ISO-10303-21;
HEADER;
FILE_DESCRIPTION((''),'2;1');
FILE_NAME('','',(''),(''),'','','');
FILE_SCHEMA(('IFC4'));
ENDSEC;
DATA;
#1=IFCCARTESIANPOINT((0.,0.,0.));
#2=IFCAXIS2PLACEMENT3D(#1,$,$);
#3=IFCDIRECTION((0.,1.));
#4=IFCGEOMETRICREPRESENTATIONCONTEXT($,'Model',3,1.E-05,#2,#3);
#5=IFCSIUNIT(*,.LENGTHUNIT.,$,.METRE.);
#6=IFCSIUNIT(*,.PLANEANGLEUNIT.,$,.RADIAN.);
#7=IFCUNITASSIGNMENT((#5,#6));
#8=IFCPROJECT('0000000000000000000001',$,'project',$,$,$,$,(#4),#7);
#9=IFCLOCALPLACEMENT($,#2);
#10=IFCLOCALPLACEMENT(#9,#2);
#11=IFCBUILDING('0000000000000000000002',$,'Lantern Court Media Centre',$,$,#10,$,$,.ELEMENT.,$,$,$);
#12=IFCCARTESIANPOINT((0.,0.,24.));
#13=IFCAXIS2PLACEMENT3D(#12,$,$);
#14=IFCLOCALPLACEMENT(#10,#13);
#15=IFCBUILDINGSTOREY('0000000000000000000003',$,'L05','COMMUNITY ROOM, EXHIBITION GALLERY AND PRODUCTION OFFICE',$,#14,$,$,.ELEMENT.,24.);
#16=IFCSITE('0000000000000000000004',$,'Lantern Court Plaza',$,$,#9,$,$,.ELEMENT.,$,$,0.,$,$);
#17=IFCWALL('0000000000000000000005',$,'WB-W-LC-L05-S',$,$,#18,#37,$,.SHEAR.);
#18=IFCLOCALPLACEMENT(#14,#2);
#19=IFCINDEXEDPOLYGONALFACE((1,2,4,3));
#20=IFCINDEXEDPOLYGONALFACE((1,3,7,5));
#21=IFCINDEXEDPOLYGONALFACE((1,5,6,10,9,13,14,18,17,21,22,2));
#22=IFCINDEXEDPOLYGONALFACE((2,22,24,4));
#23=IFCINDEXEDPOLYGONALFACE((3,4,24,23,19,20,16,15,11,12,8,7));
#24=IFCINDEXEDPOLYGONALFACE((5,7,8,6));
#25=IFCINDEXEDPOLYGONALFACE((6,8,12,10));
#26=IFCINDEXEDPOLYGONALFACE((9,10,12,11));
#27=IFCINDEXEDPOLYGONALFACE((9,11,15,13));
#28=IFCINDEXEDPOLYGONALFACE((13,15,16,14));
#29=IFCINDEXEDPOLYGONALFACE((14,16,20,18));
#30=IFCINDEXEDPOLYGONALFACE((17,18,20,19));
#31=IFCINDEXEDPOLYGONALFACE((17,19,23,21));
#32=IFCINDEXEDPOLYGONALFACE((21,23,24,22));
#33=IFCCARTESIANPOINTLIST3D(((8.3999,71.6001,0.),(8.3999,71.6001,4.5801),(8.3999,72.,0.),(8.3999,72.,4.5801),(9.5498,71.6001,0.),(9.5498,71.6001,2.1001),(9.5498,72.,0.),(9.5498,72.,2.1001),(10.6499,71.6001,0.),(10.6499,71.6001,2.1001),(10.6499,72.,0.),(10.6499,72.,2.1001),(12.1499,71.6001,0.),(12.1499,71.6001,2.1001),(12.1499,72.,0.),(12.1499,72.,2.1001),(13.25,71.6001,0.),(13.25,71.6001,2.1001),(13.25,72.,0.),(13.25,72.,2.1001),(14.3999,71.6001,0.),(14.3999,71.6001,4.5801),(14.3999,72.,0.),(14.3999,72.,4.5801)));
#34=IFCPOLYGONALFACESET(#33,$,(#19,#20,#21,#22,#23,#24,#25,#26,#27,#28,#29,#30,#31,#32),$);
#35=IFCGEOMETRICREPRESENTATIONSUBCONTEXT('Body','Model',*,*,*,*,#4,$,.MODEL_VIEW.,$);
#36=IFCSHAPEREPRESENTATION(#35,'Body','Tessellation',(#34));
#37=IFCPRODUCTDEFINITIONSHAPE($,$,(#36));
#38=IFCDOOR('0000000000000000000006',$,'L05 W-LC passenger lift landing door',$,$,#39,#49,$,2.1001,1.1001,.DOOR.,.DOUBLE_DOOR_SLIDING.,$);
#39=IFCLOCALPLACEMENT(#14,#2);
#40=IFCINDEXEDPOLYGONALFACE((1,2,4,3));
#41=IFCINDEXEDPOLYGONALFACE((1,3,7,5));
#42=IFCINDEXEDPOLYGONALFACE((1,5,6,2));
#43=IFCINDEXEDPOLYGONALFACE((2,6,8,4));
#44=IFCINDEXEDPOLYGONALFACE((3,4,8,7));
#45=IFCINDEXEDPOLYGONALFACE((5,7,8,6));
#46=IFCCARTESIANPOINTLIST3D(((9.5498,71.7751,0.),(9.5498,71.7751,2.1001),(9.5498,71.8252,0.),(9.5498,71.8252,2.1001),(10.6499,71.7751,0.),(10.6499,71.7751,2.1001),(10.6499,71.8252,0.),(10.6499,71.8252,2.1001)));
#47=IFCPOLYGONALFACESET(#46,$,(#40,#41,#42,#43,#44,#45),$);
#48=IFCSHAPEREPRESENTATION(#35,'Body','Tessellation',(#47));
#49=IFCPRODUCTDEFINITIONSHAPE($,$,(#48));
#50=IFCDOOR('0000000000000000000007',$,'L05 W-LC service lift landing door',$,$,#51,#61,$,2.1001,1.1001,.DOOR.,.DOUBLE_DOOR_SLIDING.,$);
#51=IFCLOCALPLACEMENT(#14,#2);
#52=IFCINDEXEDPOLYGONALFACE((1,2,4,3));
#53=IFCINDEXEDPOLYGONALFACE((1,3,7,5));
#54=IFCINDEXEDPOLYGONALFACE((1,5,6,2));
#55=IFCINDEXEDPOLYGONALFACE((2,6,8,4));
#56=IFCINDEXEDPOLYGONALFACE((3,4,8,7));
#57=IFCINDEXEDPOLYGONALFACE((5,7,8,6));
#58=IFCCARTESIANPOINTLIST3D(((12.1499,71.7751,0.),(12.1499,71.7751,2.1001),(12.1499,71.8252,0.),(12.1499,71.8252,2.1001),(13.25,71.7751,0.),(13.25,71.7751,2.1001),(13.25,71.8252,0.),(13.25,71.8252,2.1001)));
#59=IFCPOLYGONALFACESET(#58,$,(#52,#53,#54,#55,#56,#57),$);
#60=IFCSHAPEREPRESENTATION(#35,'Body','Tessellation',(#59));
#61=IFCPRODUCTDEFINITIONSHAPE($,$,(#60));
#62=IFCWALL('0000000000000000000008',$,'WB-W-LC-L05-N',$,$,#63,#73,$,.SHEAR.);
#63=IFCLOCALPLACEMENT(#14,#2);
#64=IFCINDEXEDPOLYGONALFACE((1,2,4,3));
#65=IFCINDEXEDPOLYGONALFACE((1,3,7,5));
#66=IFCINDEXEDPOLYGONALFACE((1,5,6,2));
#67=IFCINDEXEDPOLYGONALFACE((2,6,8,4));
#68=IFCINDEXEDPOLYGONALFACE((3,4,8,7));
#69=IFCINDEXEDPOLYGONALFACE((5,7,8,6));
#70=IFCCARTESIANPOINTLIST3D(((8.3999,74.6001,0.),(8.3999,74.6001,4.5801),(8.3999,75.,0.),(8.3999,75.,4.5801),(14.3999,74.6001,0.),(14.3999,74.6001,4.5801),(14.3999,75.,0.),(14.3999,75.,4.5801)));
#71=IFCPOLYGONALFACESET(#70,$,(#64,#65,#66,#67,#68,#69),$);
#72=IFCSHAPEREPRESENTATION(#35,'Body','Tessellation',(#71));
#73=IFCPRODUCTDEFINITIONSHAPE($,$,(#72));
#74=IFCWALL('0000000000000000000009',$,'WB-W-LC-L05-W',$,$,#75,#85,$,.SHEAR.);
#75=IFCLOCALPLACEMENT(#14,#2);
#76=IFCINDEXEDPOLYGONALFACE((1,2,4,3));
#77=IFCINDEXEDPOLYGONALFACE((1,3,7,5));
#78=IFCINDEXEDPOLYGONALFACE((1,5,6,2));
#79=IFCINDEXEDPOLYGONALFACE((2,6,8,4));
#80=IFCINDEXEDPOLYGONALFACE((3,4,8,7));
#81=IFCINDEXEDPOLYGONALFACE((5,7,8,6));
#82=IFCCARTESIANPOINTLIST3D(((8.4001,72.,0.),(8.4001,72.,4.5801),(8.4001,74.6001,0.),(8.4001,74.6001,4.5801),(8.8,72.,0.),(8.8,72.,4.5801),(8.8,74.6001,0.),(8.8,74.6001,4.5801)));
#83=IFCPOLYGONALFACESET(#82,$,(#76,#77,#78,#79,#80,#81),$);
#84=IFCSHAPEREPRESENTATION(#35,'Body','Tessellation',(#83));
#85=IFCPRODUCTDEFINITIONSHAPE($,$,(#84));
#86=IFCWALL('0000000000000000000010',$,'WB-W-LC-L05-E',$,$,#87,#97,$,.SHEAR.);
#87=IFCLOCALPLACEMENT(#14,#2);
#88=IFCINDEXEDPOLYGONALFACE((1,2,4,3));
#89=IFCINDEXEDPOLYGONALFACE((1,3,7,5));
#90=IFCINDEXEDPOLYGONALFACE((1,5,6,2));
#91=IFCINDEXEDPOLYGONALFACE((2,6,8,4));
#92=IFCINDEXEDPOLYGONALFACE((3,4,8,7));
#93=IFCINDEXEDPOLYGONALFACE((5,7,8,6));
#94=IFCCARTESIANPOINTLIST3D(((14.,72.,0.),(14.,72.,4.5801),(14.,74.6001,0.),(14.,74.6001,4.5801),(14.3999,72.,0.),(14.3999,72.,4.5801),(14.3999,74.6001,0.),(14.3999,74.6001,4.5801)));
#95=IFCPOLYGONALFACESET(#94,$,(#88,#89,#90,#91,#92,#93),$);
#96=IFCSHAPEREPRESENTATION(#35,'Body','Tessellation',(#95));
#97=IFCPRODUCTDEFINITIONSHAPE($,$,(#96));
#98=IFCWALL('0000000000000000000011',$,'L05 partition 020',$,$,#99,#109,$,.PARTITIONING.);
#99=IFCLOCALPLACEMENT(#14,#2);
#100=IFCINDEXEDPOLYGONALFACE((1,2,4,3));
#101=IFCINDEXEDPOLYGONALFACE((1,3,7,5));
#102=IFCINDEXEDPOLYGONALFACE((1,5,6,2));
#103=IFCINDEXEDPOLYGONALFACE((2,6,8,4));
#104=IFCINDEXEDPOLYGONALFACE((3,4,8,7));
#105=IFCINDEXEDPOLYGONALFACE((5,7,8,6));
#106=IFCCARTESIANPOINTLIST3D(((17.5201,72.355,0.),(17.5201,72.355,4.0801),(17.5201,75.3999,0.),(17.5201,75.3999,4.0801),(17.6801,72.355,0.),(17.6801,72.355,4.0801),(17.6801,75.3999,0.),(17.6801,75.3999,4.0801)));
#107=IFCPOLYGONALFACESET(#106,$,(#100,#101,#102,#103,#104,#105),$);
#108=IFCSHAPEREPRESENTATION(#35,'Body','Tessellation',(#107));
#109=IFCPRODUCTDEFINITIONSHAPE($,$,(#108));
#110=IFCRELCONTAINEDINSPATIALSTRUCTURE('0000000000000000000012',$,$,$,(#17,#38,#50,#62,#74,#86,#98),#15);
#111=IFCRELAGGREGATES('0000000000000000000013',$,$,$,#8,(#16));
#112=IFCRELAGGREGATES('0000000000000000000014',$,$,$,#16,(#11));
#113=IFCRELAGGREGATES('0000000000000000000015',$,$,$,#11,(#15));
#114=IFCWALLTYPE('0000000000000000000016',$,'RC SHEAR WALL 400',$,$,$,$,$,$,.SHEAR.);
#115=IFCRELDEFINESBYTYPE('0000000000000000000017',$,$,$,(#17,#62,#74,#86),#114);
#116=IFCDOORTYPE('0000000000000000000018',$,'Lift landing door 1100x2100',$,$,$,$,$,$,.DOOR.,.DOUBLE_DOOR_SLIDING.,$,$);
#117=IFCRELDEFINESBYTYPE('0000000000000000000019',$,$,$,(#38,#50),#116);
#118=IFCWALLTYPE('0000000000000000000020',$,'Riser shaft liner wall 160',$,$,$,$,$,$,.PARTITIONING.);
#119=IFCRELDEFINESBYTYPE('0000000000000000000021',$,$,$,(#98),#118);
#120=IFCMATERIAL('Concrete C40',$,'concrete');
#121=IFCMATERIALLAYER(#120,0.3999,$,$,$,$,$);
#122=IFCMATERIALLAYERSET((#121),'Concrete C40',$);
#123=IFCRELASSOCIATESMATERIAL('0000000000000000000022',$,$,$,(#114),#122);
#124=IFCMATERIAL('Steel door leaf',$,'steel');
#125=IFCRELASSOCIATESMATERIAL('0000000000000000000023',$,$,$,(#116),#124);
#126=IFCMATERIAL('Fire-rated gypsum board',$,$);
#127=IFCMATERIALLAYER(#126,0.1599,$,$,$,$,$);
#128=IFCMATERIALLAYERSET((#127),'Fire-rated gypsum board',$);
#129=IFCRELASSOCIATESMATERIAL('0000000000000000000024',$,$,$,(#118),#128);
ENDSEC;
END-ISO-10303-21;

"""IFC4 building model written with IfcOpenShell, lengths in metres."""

from ifc_helpers import new_model, si_unit, direction, frame, frame_2d, origin, place, context, subcontext, project, spatial, rectangle, extrude, material, layer, layer_set, type_object, element, fill, save


model = new_model("IFC4")

# Units and contexts
model_context = context("Model", 3, precision=1e-05, world=origin(), true_north=direction((0.0, 1.0)))
body_context = subcontext(model_context, "Body", "Model", "MODEL_VIEW")
ifc_project = project(units=[si_unit("LENGTHUNIT", "METRE"), si_unit("PLANEANGLEUNIT", "RADIAN")], contexts=[model_context])

# Site, building, storey
site_placement = place(None, origin())
site = spatial("IfcSite", under=ifc_project, at=site_placement, Name="Lantern Court Plaza", CompositionType="ELEMENT", RefElevation=0.0)
building_placement = place(site_placement, origin())
building = spatial("IfcBuilding", under=site, at=building_placement, Name="Lantern Court Media Centre", CompositionType="ELEMENT")
storey_placement = place(building_placement, frame((0.0, 0.0, 24.0)))
storey = spatial("IfcBuildingStorey", under=building, at=storey_placement, Name="L05", Description="COMMUNITY ROOM, EXHIBITION GALLERY AND PRODUCTION OFFICE", CompositionType="ELEMENT", Elevation=24.0)

# Shared definitions
ifc_material_1 = material(Name="Concrete C40", Category="concrete")
ifc_layer_1 = layer(ifc_material_1, 0.3999)
ifc_layer_set_1 = layer_set([ifc_layer_1], Name="Concrete C40")
wall_type_1 = type_object("IfcWallType", Name="RC SHEAR WALL 400", PredefinedType="SHEAR", material=ifc_layer_set_1)

# Wall, openings, doors
wall_1_placement = place(storey_placement, frame((8.3999, 71.8, 0.0), z_axis=(0.0, 0.0, 1.0), x_axis=(1.0, 0.0, 0.0)))
wall_1 = element("IfcWall", 1, at=wall_1_placement, inside=storey, type_object=wall_type_1, Name="WB-W-LC-L05-S", PredefinedType="SHEAR", context=body_context, shape_type="SweptSolid", body=[
    extrude(rectangle(XDim=6.0, YDim=0.3999, at=frame_2d((3.0, 0.0))), origin(), (0.0, 0.0, 1.0), 4.5801),
])
opening_1_placement = place(wall_1_placement, frame((1.1499, 0.0, 0.0)))
opening_1 = element("IfcOpeningElement", 2, at=opening_1_placement, cuts=wall_1, PredefinedType="OPENING", context=body_context, shape_type="SweptSolid", body=[
    extrude(rectangle(XDim=1.1001, YDim=2.1001, at=frame_2d((0.55, 1.05))), frame((0.0, 0.21, 0.0), z_axis=(0.0, -1.0, 0.0), x_axis=(1.0, 0.0, 0.0)), (0.0, 0.0, 1.0), 0.4199),
])
opening_2_placement = place(wall_1_placement, frame((3.75, 0.0, 0.0)))
opening_2 = element("IfcOpeningElement", 3, at=opening_2_placement, cuts=wall_1, PredefinedType="OPENING", context=body_context, shape_type="SweptSolid", body=[
    extrude(rectangle(XDim=1.1001, YDim=2.1001, at=frame_2d((0.55, 1.05))), frame((0.0, 0.21, 0.0), z_axis=(0.0, -1.0, 0.0), x_axis=(1.0, 0.0, 0.0)), (0.0, 0.0, 1.0), 0.4199),
])
ifc_material_2 = material(Name="Steel door leaf", Category="steel")
door_type_1 = type_object("IfcDoorType", Name="Lift landing door 1100x2100", OperationType="DOUBLE_DOOR_SLIDING", PredefinedType="DOOR", material=ifc_material_2)
door_1_placement = place(opening_1_placement, frame((1.1001, 0.0, 0.0), z_axis=(0.0, 0.0, 1.0), x_axis=(-1.0, 0.0, 0.0)))
door_1 = element("IfcDoor", 4, at=door_1_placement, inside=storey, type_object=door_type_1, Name="L05 W-LC passenger lift landing door", OperationType="DOUBLE_DOOR_SLIDING", OverallHeight=2.1001, OverallWidth=1.1001, PredefinedType="DOOR", context=body_context, shape_type="SweptSolid", body=[
    extrude(rectangle(XDim=1.1001, YDim=2.1001, at=frame_2d((0.55, 1.05))), frame((0.0, 0.0249, 0.0), z_axis=(0.0, -1.0, 0.0), x_axis=(1.0, 0.0, 0.0)), (0.0, 0.0, 1.0), 0.05),
])
fill(opening_1, door_1)
door_2_placement = place(opening_2_placement, frame((1.1001, 0.0, 0.0), z_axis=(0.0, 0.0, 1.0), x_axis=(-1.0, 0.0, 0.0)))
door_2 = element("IfcDoor", 5, at=door_2_placement, inside=storey, type_object=door_type_1, Name="L05 W-LC service lift landing door", OperationType="DOUBLE_DOOR_SLIDING", OverallHeight=2.1001, OverallWidth=1.1001, PredefinedType="DOOR", context=body_context, shape_type="SweptSolid", body=[
    extrude(rectangle(XDim=1.1001, YDim=2.1001, at=frame_2d((0.55, 1.05))), frame((0.0, 0.0249, 0.0), z_axis=(0.0, -1.0, 0.0), x_axis=(1.0, 0.0, 0.0)), (0.0, 0.0, 1.0), 0.05),
])
fill(opening_2, door_2)

# Walls
wall_2_placement = place(storey_placement, frame((8.3999, 74.8, 0.0), z_axis=(0.0, 0.0, 1.0), x_axis=(1.0, 0.0, 0.0)))
element("IfcWall", 6, at=wall_2_placement, inside=storey, type_object=wall_type_1, Name="WB-W-LC-L05-N", PredefinedType="SHEAR", context=body_context, shape_type="SweptSolid", body=[
    extrude(rectangle(XDim=6.0, YDim=0.3999, at=frame_2d((3.0, 0.0))), origin(), (0.0, 0.0, 1.0), 4.5801),
])
for number, where, z_axis, x_axis, name in (
    (7, (8.6001, 72.0, 0.0), (0.0, 0.0, 1.0), (0.0, 1.0, 0.0), "WB-W-LC-L05-W"),
    (8, (14.2, 72.0, 0.0), (0.0, 0.0, 1.0), (0.0, 1.0, 0.0), "WB-W-LC-L05-E"),
):
    element("IfcWall", number, at=place(storey_placement, frame(where, z_axis=z_axis, x_axis=x_axis)), inside=storey, type_object=wall_type_1, Name=name, PredefinedType="SHEAR", context=body_context, shape_type="SweptSolid", body=[
        extrude(rectangle(XDim=2.6001, YDim=0.3999, at=frame_2d((1.3, 0.0))), origin(), (0.0, 0.0, 1.0), 4.5801),
    ])
ifc_material_3 = material(Name="Fire-rated gypsum board")
ifc_layer_2 = layer(ifc_material_3, 0.1599)
ifc_layer_set_2 = layer_set([ifc_layer_2], Name="Fire-rated gypsum board")
wall_type_2 = type_object("IfcWallType", Name="Riser shaft liner wall 160", PredefinedType="PARTITIONING", material=ifc_layer_set_2)
wall_3_placement = place(storey_placement, frame((17.6001, 72.355, 0.0), z_axis=(0.0, 0.0, 1.0), x_axis=(0.0, 1.0, 0.0)))
element("IfcWall", 9, at=wall_3_placement, inside=storey, type_object=wall_type_2, Name="L05 partition 020", PredefinedType="PARTITIONING", context=body_context, shape_type="SweptSolid", body=[
    extrude(rectangle(XDim=3.0449, YDim=0.1599, at=frame_2d((1.5225, 0.0))), origin(), (0.0, 0.0, 1.0), 4.0801),
])

save(model, "model.ifc")
